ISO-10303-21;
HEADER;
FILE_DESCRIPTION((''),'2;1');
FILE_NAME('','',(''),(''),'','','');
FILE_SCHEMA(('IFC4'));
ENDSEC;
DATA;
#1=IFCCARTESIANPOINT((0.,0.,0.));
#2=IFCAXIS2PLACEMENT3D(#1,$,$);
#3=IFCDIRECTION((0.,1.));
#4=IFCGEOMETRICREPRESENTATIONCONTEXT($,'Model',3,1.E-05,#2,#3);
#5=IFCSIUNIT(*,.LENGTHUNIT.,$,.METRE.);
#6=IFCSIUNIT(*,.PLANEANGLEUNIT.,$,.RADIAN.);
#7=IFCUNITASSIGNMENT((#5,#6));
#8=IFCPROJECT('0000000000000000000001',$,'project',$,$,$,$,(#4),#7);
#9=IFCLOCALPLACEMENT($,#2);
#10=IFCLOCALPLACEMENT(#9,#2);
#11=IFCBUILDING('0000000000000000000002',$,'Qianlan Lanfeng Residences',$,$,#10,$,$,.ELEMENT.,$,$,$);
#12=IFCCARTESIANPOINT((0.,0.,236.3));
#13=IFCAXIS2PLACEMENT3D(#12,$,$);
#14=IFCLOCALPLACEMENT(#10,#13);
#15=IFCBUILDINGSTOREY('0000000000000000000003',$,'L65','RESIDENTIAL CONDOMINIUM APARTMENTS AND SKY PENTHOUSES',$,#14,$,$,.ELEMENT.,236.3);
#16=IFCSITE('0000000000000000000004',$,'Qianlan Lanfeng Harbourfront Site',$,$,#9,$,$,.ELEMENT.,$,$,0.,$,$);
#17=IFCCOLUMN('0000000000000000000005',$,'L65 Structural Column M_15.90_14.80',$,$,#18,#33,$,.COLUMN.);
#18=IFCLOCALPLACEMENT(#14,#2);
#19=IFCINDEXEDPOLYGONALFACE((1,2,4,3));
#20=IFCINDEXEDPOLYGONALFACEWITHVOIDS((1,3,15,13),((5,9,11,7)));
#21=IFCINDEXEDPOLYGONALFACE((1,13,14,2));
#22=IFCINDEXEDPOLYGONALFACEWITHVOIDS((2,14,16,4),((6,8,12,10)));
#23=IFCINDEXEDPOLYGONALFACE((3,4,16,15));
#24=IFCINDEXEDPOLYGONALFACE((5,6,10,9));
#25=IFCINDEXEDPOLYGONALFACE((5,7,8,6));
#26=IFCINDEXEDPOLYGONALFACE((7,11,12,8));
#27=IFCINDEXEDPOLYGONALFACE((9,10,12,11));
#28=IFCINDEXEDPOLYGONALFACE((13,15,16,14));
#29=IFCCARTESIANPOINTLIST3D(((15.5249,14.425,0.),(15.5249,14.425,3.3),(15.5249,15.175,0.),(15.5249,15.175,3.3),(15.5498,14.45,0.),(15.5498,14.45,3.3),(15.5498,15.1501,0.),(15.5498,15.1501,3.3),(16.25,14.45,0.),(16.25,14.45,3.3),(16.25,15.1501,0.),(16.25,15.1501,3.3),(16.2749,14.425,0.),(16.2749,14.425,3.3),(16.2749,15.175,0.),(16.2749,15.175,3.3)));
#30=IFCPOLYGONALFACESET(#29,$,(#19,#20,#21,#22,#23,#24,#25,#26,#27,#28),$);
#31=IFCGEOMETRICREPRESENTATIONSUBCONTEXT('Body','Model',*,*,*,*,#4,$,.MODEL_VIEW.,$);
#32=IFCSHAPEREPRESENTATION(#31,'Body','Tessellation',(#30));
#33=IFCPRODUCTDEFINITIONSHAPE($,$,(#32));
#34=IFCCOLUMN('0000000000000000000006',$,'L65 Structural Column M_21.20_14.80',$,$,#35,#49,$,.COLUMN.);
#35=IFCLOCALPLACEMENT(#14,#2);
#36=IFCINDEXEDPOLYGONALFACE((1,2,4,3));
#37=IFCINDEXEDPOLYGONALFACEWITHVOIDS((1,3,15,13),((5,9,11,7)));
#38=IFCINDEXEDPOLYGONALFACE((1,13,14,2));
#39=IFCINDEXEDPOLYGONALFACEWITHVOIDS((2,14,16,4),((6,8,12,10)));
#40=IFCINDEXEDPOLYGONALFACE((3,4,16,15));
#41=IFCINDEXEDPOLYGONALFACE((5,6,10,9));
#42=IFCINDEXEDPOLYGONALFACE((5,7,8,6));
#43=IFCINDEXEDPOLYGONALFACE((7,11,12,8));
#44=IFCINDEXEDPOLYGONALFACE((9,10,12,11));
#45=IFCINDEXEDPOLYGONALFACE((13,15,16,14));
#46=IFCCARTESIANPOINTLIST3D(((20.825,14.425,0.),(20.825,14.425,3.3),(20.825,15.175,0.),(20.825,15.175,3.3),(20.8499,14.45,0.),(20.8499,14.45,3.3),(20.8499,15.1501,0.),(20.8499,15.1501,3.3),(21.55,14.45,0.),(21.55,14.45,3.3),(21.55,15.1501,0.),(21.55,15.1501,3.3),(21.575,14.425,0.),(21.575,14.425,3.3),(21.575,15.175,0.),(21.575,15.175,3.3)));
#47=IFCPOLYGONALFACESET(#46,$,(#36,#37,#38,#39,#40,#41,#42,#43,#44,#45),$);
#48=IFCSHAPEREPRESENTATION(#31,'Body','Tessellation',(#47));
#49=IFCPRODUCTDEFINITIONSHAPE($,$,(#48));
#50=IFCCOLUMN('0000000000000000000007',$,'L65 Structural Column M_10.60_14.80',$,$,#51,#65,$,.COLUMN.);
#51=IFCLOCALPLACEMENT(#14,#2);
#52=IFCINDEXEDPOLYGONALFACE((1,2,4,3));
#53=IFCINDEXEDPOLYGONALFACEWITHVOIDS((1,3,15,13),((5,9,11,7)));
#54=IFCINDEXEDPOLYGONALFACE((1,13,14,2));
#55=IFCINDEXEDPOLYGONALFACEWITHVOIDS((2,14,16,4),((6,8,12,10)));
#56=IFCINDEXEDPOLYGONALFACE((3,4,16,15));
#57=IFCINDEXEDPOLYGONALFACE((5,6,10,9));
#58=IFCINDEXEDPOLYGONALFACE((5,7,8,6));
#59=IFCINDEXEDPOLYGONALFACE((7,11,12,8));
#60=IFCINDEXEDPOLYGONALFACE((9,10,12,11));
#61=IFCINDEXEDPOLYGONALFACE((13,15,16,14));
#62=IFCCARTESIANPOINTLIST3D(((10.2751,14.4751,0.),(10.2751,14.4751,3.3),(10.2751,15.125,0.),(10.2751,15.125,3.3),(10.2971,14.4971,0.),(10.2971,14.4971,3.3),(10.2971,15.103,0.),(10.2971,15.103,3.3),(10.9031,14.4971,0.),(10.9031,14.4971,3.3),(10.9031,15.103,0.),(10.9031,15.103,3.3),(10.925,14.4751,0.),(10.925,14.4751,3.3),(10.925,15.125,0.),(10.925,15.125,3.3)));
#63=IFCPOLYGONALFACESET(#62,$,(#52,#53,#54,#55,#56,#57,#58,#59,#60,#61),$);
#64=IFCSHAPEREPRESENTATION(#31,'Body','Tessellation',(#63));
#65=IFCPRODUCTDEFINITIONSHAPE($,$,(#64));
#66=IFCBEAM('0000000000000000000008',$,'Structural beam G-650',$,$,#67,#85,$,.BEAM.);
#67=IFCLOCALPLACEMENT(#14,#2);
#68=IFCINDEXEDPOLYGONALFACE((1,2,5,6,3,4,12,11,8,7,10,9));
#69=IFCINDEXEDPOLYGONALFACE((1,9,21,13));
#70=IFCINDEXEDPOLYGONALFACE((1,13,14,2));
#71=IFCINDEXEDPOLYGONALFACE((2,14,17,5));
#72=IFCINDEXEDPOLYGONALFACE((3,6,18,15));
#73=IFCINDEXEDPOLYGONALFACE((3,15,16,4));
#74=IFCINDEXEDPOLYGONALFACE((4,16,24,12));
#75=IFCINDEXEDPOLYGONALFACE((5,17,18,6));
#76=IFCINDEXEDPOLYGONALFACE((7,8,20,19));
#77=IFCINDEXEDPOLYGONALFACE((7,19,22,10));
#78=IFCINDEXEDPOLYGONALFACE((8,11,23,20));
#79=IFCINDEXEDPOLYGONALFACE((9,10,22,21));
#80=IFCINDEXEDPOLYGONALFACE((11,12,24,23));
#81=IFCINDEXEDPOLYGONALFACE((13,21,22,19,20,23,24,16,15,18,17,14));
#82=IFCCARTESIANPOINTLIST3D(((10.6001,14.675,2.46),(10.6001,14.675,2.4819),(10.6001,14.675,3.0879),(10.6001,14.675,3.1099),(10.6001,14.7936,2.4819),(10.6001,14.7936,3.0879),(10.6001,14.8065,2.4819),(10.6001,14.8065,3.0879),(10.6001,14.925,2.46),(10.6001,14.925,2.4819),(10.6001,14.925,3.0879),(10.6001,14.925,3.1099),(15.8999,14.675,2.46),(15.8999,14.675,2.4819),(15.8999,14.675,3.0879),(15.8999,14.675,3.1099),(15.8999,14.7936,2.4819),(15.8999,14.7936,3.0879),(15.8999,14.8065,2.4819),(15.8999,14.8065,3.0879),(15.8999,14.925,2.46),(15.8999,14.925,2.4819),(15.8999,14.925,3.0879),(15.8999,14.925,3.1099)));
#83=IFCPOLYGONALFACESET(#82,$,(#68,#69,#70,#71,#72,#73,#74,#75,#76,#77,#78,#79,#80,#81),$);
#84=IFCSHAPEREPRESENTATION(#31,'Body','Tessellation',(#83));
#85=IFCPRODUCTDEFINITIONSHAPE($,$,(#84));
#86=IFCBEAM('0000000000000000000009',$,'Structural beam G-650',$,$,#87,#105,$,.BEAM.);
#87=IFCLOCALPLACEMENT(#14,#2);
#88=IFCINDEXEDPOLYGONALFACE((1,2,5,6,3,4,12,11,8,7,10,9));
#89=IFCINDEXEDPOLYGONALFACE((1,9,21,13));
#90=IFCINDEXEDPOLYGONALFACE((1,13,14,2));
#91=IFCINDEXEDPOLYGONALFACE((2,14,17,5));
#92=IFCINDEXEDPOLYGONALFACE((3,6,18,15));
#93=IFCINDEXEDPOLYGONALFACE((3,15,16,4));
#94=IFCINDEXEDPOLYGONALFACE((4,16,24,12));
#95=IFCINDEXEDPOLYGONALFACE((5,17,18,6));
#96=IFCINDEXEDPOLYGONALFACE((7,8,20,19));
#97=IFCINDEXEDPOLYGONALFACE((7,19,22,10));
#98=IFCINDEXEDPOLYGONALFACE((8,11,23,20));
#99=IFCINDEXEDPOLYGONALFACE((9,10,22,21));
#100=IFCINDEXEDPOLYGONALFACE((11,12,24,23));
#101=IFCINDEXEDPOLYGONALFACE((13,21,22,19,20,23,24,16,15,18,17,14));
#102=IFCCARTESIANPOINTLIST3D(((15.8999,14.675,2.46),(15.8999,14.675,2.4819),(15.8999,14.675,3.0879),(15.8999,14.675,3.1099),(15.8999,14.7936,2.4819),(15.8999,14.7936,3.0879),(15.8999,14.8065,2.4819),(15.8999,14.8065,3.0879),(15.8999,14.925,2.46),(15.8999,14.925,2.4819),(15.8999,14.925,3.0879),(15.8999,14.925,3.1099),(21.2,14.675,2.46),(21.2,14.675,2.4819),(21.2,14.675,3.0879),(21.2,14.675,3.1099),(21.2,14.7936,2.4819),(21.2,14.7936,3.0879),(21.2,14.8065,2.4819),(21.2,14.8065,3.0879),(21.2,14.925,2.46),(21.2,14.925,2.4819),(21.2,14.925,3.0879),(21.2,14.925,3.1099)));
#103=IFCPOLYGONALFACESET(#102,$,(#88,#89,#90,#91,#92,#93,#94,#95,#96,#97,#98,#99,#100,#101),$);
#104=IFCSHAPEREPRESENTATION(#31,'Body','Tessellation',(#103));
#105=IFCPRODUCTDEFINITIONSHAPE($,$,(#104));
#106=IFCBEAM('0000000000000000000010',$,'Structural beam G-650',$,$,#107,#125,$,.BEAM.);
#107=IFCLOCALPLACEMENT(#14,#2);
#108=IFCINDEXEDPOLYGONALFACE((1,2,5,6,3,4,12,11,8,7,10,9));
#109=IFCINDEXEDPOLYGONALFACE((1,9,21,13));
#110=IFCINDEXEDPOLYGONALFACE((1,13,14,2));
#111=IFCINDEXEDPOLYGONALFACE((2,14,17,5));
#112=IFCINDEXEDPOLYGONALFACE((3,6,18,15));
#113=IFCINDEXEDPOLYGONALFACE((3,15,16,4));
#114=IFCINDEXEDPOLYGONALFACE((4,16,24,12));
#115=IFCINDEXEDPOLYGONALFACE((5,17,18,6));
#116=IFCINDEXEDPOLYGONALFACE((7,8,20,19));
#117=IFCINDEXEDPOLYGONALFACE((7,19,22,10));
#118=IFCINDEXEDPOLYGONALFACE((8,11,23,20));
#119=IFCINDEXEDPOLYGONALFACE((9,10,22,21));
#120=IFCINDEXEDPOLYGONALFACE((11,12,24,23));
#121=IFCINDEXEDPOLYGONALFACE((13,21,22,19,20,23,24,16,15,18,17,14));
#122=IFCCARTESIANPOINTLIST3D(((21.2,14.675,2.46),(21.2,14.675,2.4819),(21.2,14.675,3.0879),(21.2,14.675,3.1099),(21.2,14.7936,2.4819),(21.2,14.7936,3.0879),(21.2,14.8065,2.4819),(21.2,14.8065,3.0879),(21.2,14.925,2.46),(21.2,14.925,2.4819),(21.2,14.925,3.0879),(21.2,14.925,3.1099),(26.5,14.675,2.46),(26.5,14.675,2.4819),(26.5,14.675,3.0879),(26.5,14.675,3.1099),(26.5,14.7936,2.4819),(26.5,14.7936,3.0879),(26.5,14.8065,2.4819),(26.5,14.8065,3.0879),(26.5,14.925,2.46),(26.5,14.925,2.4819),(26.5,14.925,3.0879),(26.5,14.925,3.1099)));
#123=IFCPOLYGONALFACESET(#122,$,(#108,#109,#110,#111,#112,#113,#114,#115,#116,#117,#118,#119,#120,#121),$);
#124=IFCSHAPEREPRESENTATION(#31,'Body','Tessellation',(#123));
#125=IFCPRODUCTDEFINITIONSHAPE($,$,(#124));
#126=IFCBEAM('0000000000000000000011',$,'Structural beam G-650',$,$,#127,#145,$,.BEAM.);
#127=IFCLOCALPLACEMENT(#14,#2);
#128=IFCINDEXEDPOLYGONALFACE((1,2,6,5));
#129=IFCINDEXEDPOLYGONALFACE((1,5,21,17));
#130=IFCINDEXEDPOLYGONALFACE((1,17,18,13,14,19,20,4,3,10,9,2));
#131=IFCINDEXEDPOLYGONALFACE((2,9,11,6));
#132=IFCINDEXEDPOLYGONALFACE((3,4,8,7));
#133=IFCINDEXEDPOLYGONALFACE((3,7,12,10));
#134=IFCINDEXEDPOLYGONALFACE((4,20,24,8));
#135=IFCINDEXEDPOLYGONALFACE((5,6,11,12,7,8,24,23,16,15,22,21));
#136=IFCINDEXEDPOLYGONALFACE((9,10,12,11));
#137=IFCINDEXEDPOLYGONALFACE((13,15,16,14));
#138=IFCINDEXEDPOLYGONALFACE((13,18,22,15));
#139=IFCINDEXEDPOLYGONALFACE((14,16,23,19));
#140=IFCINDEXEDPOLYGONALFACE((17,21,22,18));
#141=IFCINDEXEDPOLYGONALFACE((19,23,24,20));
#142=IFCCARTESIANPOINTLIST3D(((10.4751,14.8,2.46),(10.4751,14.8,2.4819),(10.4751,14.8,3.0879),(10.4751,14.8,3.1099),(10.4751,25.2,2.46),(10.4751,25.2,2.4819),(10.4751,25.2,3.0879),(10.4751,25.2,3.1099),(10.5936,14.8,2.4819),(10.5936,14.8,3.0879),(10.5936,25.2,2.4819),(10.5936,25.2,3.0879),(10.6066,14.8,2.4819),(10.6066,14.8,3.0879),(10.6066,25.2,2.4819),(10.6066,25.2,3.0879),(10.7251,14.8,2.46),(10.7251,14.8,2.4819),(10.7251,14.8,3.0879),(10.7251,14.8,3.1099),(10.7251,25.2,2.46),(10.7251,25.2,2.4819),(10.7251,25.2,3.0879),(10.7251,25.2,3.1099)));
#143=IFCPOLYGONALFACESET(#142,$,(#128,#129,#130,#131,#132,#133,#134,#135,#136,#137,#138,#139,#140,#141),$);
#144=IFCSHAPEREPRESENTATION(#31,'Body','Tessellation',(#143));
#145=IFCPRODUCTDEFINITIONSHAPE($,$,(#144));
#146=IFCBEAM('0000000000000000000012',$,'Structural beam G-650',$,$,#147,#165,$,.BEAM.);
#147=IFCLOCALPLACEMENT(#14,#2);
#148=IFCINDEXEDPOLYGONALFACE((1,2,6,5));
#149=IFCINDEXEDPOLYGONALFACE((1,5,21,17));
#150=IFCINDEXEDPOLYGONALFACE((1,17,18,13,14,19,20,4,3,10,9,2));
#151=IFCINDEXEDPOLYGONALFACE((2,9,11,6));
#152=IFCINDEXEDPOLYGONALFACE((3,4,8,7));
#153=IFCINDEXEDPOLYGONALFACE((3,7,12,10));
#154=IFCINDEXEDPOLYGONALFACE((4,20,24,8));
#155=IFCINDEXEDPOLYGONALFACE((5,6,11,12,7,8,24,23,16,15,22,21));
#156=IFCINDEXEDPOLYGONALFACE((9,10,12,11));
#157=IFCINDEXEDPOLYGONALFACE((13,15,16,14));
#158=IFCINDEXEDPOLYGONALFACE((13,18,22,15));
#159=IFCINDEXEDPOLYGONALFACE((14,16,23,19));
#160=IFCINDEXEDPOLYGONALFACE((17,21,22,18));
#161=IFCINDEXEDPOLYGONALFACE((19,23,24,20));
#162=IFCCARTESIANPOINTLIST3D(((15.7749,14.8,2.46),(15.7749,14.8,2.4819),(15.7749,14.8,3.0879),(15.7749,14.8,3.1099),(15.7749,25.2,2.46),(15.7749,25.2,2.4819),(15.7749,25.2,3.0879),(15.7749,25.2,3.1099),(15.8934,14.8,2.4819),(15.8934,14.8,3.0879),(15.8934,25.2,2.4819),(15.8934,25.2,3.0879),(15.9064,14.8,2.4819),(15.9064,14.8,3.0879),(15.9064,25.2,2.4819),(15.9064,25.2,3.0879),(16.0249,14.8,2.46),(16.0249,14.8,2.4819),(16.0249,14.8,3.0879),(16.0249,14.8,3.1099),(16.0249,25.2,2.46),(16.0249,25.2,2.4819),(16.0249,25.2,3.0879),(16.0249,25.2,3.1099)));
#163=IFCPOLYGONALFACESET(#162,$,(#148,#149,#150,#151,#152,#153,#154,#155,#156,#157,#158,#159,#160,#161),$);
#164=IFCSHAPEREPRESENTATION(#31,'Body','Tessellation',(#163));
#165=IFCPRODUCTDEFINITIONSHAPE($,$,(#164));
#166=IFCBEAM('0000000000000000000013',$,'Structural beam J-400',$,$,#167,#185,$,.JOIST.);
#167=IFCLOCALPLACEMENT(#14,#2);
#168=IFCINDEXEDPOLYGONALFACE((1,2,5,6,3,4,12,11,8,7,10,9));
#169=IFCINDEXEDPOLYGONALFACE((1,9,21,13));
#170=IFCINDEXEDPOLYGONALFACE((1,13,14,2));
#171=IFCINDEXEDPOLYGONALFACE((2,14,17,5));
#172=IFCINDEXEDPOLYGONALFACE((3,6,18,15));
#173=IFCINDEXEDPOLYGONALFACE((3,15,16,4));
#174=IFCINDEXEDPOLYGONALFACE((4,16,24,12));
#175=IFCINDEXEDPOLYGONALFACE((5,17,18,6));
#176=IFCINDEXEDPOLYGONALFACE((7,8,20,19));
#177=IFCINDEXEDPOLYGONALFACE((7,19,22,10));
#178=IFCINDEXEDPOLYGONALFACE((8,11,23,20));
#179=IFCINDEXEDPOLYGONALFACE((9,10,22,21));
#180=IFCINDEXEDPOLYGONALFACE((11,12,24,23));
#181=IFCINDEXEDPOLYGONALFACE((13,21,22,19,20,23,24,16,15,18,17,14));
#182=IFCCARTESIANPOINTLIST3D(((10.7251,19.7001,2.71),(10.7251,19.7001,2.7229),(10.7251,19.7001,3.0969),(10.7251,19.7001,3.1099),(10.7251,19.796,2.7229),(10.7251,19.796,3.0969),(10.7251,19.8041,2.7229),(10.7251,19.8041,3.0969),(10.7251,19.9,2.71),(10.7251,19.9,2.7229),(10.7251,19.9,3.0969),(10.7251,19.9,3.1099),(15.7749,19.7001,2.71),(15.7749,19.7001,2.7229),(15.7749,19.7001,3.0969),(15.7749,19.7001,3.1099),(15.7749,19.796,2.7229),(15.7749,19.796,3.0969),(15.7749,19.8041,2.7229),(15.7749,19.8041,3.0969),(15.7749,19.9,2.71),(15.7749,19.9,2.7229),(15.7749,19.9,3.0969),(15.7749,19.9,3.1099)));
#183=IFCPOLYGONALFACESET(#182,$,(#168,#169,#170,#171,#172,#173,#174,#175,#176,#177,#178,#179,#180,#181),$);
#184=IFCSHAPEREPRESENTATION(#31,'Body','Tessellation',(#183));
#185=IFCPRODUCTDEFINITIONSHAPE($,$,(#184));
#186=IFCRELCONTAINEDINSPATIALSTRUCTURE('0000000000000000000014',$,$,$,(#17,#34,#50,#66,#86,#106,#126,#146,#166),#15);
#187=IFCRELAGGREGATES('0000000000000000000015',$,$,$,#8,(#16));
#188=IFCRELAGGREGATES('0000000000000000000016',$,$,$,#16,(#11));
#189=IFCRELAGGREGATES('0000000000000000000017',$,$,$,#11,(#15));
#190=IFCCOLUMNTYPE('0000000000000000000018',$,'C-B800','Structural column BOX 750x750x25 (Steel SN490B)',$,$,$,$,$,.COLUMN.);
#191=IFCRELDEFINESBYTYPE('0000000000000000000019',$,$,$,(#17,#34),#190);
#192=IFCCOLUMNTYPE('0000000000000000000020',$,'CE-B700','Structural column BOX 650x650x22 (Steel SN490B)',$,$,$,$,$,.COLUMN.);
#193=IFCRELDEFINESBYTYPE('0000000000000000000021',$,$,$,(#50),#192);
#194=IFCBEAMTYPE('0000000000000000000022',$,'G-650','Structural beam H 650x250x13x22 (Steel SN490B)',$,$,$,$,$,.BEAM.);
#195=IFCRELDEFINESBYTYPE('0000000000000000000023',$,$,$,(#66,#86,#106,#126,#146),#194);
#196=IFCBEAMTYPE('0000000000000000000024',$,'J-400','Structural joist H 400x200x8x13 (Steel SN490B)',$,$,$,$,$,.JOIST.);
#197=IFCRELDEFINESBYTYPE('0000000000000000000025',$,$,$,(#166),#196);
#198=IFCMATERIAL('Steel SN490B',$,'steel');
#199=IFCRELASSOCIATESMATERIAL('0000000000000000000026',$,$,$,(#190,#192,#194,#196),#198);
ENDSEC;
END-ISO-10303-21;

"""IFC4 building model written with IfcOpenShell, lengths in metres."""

from ifc_helpers import new_model, si_unit, direction, frame, origin, origin_2d, place, context, subcontext, project, spatial, hollow_rectangle, i_section, extrude, material, material_profile, profile_set, type_object, element, save


model = new_model("IFC4")

# Units and contexts
model_context = context("Model", 3, precision=1e-05, world=origin(), true_north=direction((0.0, 1.0)))
body_context = subcontext(model_context, "Body", "Model", "MODEL_VIEW")
ifc_project = project(units=[si_unit("LENGTHUNIT", "METRE"), si_unit("PLANEANGLEUNIT", "RADIAN")], contexts=[model_context])

# Site, building, storey
site_placement = place(None, origin())
site = spatial("IfcSite", under=ifc_project, at=site_placement, Name="Qianlan Lanfeng Harbourfront Site", CompositionType="ELEMENT", RefElevation=0.0)
building_placement = place(site_placement, origin())
building = spatial("IfcBuilding", under=site, at=building_placement, Name="Qianlan Lanfeng Residences", CompositionType="ELEMENT")
storey_placement = place(building_placement, frame((0.0, 0.0, 236.3)))
storey = spatial("IfcBuildingStorey", under=building, at=storey_placement, Name="L65", Description="RESIDENTIAL CONDOMINIUM APARTMENTS AND SKY PENTHOUSES", CompositionType="ELEMENT", Elevation=236.3)

# Columns
ifc_material_1 = material(Name="Steel SN490B", Category="steel")
ifc_material_profile_1 = material_profile(ifc_material_1, hollow_rectangle(XDim=0.75, YDim=0.75, WallThickness=0.0249, at=origin_2d()), Name="BOX 750x750x25")
ifc_profile_set_1 = profile_set([ifc_material_profile_1], Name="Steel SN490B")
column_type_1 = type_object("IfcColumnType", Name="C-B800", Description="Structural column BOX 750x750x25 (Steel SN490B)", PredefinedType="COLUMN", material=ifc_profile_set_1)
for number, where, z_axis, x_axis, name in (
    (1, (15.8999, 14.8, 0.0), (0.0, 0.0, 1.0), (1.0, 0.0, 0.0), "L65 Structural Column M_15.90_14.80"),
    (2, (21.2, 14.8, 0.0), (0.0, 0.0, 1.0), (1.0, 0.0, 0.0), "L65 Structural Column M_21.20_14.80"),
):
    element("IfcColumn", number, at=place(storey_placement, frame(where, z_axis=z_axis, x_axis=x_axis)), inside=storey, type_object=column_type_1, Name=name, PredefinedType="COLUMN", context=body_context, shape_type="SweptSolid", body=[
        extrude(hollow_rectangle(XDim=0.75, YDim=0.75, WallThickness=0.0249, at=origin_2d()), origin(), (0.0, 0.0, 1.0), 3.3),
    ])
ifc_material_profile_2 = material_profile(ifc_material_1, hollow_rectangle(XDim=0.6499, YDim=0.6499, WallThickness=0.022, at=origin_2d()), Name="BOX 650x650x22")
ifc_profile_set_2 = profile_set([ifc_material_profile_2], Name="Steel SN490B")
column_type_2 = type_object("IfcColumnType", Name="CE-B700", Description="Structural column BOX 650x650x22 (Steel SN490B)", PredefinedType="COLUMN", material=ifc_profile_set_2)
column_placement = place(storey_placement, frame((10.6001, 14.8, 0.0), z_axis=(0.0, 0.0, 1.0), x_axis=(1.0, 0.0, 0.0)))
element("IfcColumn", 3, at=column_placement, inside=storey, type_object=column_type_2, Name="L65 Structural Column M_10.60_14.80", PredefinedType="COLUMN", context=body_context, shape_type="SweptSolid", body=[
    extrude(hollow_rectangle(XDim=0.6499, YDim=0.6499, WallThickness=0.022, at=origin_2d()), origin(), (0.0, 0.0, 1.0), 3.3),
])

# Beams
ifc_material_profile_3 = material_profile(ifc_material_1, i_section(OverallWidth=0.25, OverallDepth=0.6499, WebThickness=0.0129, FlangeThickness=0.022, at=origin_2d()), Name="H 650x250x13x22")
ifc_profile_set_3 = profile_set([ifc_material_profile_3], Name="Steel SN490B")
beam_type_1 = type_object("IfcBeamType", Name="G-650", Description="Structural beam H 650x250x13x22 (Steel SN490B)", PredefinedType="BEAM", material=ifc_profile_set_3)
beam_1_placement = place(storey_placement, frame((10.6001, 14.8, 2.7849), z_axis=(1.0, 0.0, 0.0), x_axis=(0.0, 1.0, 0.0)))
element("IfcBeam", 4, at=beam_1_placement, inside=storey, type_object=beam_type_1, Name="Structural beam G-650", PredefinedType="BEAM", context=body_context, shape_type="SweptSolid", body=[
    extrude(i_section(OverallWidth=0.25, OverallDepth=0.6499, WebThickness=0.0129, FlangeThickness=0.022, at=origin_2d()), origin(), (0.0, 0.0, 1.0), 5.2998),
])
for number, where, z_axis, x_axis, name in (
    (5, (15.8999, 14.8, 2.7849), (1.0, 0.0, 0.0), (0.0, 1.0, 0.0), "Structural beam G-650"),
    (6, (21.2, 14.8, 2.7849), (1.0, 0.0, 0.0), (0.0, 1.0, 0.0), "Structural beam G-650"),
):
    element("IfcBeam", number, at=place(storey_placement, frame(where, z_axis=z_axis, x_axis=x_axis)), inside=storey, type_object=beam_type_1, Name=name, PredefinedType="BEAM", context=body_context, shape_type="SweptSolid", body=[
        extrude(i_section(OverallWidth=0.25, OverallDepth=0.6499, WebThickness=0.0129, FlangeThickness=0.022, at=origin_2d()), origin(), (0.0, 0.0, 1.0), 5.3),
    ])
for number, where, z_axis, x_axis, name in (
    (7, (10.6001, 14.8, 2.7849), (0.0, 1.0, 0.0), (-1.0, 0.0, 0.0), "Structural beam G-650"),
    (8, (15.8999, 14.8, 2.7849), (0.0, 1.0, 0.0), (-1.0, 0.0, 0.0), "Structural beam G-650"),
):
    element("IfcBeam", number, at=place(storey_placement, frame(where, z_axis=z_axis, x_axis=x_axis)), inside=storey, type_object=beam_type_1, Name=name, PredefinedType="BEAM", context=body_context, shape_type="SweptSolid", body=[
        extrude(i_section(OverallWidth=0.25, OverallDepth=0.6499, WebThickness=0.0129, FlangeThickness=0.022, at=origin_2d()), origin(), (0.0, 0.0, 1.0), 10.3999),
    ])
ifc_material_profile_4 = material_profile(ifc_material_1, i_section(OverallWidth=0.2, OverallDepth=0.3999, WebThickness=0.0081, FlangeThickness=0.0129, at=origin_2d()), Name="H 400x200x8x13")
ifc_profile_set_4 = profile_set([ifc_material_profile_4], Name="Steel SN490B")
beam_type_2 = type_object("IfcBeamType", Name="J-400", Description="Structural joist H 400x200x8x13 (Steel SN490B)", PredefinedType="JOIST", material=ifc_profile_set_4)
beam_2_placement = place(storey_placement, frame((10.7251, 19.8, 2.9099), z_axis=(1.0, 0.0, 0.0), x_axis=(0.0, 1.0, 0.0)))
element("IfcBeam", 9, at=beam_2_placement, inside=storey, type_object=beam_type_2, Name="Structural beam J-400", PredefinedType="JOIST", context=body_context, shape_type="SweptSolid", body=[
    extrude(i_section(OverallWidth=0.2, OverallDepth=0.3999, WebThickness=0.0081, FlangeThickness=0.0129, at=origin_2d()), origin(), (0.0, 0.0, 1.0), 5.0498),
])

save(model, "model.ifc")
